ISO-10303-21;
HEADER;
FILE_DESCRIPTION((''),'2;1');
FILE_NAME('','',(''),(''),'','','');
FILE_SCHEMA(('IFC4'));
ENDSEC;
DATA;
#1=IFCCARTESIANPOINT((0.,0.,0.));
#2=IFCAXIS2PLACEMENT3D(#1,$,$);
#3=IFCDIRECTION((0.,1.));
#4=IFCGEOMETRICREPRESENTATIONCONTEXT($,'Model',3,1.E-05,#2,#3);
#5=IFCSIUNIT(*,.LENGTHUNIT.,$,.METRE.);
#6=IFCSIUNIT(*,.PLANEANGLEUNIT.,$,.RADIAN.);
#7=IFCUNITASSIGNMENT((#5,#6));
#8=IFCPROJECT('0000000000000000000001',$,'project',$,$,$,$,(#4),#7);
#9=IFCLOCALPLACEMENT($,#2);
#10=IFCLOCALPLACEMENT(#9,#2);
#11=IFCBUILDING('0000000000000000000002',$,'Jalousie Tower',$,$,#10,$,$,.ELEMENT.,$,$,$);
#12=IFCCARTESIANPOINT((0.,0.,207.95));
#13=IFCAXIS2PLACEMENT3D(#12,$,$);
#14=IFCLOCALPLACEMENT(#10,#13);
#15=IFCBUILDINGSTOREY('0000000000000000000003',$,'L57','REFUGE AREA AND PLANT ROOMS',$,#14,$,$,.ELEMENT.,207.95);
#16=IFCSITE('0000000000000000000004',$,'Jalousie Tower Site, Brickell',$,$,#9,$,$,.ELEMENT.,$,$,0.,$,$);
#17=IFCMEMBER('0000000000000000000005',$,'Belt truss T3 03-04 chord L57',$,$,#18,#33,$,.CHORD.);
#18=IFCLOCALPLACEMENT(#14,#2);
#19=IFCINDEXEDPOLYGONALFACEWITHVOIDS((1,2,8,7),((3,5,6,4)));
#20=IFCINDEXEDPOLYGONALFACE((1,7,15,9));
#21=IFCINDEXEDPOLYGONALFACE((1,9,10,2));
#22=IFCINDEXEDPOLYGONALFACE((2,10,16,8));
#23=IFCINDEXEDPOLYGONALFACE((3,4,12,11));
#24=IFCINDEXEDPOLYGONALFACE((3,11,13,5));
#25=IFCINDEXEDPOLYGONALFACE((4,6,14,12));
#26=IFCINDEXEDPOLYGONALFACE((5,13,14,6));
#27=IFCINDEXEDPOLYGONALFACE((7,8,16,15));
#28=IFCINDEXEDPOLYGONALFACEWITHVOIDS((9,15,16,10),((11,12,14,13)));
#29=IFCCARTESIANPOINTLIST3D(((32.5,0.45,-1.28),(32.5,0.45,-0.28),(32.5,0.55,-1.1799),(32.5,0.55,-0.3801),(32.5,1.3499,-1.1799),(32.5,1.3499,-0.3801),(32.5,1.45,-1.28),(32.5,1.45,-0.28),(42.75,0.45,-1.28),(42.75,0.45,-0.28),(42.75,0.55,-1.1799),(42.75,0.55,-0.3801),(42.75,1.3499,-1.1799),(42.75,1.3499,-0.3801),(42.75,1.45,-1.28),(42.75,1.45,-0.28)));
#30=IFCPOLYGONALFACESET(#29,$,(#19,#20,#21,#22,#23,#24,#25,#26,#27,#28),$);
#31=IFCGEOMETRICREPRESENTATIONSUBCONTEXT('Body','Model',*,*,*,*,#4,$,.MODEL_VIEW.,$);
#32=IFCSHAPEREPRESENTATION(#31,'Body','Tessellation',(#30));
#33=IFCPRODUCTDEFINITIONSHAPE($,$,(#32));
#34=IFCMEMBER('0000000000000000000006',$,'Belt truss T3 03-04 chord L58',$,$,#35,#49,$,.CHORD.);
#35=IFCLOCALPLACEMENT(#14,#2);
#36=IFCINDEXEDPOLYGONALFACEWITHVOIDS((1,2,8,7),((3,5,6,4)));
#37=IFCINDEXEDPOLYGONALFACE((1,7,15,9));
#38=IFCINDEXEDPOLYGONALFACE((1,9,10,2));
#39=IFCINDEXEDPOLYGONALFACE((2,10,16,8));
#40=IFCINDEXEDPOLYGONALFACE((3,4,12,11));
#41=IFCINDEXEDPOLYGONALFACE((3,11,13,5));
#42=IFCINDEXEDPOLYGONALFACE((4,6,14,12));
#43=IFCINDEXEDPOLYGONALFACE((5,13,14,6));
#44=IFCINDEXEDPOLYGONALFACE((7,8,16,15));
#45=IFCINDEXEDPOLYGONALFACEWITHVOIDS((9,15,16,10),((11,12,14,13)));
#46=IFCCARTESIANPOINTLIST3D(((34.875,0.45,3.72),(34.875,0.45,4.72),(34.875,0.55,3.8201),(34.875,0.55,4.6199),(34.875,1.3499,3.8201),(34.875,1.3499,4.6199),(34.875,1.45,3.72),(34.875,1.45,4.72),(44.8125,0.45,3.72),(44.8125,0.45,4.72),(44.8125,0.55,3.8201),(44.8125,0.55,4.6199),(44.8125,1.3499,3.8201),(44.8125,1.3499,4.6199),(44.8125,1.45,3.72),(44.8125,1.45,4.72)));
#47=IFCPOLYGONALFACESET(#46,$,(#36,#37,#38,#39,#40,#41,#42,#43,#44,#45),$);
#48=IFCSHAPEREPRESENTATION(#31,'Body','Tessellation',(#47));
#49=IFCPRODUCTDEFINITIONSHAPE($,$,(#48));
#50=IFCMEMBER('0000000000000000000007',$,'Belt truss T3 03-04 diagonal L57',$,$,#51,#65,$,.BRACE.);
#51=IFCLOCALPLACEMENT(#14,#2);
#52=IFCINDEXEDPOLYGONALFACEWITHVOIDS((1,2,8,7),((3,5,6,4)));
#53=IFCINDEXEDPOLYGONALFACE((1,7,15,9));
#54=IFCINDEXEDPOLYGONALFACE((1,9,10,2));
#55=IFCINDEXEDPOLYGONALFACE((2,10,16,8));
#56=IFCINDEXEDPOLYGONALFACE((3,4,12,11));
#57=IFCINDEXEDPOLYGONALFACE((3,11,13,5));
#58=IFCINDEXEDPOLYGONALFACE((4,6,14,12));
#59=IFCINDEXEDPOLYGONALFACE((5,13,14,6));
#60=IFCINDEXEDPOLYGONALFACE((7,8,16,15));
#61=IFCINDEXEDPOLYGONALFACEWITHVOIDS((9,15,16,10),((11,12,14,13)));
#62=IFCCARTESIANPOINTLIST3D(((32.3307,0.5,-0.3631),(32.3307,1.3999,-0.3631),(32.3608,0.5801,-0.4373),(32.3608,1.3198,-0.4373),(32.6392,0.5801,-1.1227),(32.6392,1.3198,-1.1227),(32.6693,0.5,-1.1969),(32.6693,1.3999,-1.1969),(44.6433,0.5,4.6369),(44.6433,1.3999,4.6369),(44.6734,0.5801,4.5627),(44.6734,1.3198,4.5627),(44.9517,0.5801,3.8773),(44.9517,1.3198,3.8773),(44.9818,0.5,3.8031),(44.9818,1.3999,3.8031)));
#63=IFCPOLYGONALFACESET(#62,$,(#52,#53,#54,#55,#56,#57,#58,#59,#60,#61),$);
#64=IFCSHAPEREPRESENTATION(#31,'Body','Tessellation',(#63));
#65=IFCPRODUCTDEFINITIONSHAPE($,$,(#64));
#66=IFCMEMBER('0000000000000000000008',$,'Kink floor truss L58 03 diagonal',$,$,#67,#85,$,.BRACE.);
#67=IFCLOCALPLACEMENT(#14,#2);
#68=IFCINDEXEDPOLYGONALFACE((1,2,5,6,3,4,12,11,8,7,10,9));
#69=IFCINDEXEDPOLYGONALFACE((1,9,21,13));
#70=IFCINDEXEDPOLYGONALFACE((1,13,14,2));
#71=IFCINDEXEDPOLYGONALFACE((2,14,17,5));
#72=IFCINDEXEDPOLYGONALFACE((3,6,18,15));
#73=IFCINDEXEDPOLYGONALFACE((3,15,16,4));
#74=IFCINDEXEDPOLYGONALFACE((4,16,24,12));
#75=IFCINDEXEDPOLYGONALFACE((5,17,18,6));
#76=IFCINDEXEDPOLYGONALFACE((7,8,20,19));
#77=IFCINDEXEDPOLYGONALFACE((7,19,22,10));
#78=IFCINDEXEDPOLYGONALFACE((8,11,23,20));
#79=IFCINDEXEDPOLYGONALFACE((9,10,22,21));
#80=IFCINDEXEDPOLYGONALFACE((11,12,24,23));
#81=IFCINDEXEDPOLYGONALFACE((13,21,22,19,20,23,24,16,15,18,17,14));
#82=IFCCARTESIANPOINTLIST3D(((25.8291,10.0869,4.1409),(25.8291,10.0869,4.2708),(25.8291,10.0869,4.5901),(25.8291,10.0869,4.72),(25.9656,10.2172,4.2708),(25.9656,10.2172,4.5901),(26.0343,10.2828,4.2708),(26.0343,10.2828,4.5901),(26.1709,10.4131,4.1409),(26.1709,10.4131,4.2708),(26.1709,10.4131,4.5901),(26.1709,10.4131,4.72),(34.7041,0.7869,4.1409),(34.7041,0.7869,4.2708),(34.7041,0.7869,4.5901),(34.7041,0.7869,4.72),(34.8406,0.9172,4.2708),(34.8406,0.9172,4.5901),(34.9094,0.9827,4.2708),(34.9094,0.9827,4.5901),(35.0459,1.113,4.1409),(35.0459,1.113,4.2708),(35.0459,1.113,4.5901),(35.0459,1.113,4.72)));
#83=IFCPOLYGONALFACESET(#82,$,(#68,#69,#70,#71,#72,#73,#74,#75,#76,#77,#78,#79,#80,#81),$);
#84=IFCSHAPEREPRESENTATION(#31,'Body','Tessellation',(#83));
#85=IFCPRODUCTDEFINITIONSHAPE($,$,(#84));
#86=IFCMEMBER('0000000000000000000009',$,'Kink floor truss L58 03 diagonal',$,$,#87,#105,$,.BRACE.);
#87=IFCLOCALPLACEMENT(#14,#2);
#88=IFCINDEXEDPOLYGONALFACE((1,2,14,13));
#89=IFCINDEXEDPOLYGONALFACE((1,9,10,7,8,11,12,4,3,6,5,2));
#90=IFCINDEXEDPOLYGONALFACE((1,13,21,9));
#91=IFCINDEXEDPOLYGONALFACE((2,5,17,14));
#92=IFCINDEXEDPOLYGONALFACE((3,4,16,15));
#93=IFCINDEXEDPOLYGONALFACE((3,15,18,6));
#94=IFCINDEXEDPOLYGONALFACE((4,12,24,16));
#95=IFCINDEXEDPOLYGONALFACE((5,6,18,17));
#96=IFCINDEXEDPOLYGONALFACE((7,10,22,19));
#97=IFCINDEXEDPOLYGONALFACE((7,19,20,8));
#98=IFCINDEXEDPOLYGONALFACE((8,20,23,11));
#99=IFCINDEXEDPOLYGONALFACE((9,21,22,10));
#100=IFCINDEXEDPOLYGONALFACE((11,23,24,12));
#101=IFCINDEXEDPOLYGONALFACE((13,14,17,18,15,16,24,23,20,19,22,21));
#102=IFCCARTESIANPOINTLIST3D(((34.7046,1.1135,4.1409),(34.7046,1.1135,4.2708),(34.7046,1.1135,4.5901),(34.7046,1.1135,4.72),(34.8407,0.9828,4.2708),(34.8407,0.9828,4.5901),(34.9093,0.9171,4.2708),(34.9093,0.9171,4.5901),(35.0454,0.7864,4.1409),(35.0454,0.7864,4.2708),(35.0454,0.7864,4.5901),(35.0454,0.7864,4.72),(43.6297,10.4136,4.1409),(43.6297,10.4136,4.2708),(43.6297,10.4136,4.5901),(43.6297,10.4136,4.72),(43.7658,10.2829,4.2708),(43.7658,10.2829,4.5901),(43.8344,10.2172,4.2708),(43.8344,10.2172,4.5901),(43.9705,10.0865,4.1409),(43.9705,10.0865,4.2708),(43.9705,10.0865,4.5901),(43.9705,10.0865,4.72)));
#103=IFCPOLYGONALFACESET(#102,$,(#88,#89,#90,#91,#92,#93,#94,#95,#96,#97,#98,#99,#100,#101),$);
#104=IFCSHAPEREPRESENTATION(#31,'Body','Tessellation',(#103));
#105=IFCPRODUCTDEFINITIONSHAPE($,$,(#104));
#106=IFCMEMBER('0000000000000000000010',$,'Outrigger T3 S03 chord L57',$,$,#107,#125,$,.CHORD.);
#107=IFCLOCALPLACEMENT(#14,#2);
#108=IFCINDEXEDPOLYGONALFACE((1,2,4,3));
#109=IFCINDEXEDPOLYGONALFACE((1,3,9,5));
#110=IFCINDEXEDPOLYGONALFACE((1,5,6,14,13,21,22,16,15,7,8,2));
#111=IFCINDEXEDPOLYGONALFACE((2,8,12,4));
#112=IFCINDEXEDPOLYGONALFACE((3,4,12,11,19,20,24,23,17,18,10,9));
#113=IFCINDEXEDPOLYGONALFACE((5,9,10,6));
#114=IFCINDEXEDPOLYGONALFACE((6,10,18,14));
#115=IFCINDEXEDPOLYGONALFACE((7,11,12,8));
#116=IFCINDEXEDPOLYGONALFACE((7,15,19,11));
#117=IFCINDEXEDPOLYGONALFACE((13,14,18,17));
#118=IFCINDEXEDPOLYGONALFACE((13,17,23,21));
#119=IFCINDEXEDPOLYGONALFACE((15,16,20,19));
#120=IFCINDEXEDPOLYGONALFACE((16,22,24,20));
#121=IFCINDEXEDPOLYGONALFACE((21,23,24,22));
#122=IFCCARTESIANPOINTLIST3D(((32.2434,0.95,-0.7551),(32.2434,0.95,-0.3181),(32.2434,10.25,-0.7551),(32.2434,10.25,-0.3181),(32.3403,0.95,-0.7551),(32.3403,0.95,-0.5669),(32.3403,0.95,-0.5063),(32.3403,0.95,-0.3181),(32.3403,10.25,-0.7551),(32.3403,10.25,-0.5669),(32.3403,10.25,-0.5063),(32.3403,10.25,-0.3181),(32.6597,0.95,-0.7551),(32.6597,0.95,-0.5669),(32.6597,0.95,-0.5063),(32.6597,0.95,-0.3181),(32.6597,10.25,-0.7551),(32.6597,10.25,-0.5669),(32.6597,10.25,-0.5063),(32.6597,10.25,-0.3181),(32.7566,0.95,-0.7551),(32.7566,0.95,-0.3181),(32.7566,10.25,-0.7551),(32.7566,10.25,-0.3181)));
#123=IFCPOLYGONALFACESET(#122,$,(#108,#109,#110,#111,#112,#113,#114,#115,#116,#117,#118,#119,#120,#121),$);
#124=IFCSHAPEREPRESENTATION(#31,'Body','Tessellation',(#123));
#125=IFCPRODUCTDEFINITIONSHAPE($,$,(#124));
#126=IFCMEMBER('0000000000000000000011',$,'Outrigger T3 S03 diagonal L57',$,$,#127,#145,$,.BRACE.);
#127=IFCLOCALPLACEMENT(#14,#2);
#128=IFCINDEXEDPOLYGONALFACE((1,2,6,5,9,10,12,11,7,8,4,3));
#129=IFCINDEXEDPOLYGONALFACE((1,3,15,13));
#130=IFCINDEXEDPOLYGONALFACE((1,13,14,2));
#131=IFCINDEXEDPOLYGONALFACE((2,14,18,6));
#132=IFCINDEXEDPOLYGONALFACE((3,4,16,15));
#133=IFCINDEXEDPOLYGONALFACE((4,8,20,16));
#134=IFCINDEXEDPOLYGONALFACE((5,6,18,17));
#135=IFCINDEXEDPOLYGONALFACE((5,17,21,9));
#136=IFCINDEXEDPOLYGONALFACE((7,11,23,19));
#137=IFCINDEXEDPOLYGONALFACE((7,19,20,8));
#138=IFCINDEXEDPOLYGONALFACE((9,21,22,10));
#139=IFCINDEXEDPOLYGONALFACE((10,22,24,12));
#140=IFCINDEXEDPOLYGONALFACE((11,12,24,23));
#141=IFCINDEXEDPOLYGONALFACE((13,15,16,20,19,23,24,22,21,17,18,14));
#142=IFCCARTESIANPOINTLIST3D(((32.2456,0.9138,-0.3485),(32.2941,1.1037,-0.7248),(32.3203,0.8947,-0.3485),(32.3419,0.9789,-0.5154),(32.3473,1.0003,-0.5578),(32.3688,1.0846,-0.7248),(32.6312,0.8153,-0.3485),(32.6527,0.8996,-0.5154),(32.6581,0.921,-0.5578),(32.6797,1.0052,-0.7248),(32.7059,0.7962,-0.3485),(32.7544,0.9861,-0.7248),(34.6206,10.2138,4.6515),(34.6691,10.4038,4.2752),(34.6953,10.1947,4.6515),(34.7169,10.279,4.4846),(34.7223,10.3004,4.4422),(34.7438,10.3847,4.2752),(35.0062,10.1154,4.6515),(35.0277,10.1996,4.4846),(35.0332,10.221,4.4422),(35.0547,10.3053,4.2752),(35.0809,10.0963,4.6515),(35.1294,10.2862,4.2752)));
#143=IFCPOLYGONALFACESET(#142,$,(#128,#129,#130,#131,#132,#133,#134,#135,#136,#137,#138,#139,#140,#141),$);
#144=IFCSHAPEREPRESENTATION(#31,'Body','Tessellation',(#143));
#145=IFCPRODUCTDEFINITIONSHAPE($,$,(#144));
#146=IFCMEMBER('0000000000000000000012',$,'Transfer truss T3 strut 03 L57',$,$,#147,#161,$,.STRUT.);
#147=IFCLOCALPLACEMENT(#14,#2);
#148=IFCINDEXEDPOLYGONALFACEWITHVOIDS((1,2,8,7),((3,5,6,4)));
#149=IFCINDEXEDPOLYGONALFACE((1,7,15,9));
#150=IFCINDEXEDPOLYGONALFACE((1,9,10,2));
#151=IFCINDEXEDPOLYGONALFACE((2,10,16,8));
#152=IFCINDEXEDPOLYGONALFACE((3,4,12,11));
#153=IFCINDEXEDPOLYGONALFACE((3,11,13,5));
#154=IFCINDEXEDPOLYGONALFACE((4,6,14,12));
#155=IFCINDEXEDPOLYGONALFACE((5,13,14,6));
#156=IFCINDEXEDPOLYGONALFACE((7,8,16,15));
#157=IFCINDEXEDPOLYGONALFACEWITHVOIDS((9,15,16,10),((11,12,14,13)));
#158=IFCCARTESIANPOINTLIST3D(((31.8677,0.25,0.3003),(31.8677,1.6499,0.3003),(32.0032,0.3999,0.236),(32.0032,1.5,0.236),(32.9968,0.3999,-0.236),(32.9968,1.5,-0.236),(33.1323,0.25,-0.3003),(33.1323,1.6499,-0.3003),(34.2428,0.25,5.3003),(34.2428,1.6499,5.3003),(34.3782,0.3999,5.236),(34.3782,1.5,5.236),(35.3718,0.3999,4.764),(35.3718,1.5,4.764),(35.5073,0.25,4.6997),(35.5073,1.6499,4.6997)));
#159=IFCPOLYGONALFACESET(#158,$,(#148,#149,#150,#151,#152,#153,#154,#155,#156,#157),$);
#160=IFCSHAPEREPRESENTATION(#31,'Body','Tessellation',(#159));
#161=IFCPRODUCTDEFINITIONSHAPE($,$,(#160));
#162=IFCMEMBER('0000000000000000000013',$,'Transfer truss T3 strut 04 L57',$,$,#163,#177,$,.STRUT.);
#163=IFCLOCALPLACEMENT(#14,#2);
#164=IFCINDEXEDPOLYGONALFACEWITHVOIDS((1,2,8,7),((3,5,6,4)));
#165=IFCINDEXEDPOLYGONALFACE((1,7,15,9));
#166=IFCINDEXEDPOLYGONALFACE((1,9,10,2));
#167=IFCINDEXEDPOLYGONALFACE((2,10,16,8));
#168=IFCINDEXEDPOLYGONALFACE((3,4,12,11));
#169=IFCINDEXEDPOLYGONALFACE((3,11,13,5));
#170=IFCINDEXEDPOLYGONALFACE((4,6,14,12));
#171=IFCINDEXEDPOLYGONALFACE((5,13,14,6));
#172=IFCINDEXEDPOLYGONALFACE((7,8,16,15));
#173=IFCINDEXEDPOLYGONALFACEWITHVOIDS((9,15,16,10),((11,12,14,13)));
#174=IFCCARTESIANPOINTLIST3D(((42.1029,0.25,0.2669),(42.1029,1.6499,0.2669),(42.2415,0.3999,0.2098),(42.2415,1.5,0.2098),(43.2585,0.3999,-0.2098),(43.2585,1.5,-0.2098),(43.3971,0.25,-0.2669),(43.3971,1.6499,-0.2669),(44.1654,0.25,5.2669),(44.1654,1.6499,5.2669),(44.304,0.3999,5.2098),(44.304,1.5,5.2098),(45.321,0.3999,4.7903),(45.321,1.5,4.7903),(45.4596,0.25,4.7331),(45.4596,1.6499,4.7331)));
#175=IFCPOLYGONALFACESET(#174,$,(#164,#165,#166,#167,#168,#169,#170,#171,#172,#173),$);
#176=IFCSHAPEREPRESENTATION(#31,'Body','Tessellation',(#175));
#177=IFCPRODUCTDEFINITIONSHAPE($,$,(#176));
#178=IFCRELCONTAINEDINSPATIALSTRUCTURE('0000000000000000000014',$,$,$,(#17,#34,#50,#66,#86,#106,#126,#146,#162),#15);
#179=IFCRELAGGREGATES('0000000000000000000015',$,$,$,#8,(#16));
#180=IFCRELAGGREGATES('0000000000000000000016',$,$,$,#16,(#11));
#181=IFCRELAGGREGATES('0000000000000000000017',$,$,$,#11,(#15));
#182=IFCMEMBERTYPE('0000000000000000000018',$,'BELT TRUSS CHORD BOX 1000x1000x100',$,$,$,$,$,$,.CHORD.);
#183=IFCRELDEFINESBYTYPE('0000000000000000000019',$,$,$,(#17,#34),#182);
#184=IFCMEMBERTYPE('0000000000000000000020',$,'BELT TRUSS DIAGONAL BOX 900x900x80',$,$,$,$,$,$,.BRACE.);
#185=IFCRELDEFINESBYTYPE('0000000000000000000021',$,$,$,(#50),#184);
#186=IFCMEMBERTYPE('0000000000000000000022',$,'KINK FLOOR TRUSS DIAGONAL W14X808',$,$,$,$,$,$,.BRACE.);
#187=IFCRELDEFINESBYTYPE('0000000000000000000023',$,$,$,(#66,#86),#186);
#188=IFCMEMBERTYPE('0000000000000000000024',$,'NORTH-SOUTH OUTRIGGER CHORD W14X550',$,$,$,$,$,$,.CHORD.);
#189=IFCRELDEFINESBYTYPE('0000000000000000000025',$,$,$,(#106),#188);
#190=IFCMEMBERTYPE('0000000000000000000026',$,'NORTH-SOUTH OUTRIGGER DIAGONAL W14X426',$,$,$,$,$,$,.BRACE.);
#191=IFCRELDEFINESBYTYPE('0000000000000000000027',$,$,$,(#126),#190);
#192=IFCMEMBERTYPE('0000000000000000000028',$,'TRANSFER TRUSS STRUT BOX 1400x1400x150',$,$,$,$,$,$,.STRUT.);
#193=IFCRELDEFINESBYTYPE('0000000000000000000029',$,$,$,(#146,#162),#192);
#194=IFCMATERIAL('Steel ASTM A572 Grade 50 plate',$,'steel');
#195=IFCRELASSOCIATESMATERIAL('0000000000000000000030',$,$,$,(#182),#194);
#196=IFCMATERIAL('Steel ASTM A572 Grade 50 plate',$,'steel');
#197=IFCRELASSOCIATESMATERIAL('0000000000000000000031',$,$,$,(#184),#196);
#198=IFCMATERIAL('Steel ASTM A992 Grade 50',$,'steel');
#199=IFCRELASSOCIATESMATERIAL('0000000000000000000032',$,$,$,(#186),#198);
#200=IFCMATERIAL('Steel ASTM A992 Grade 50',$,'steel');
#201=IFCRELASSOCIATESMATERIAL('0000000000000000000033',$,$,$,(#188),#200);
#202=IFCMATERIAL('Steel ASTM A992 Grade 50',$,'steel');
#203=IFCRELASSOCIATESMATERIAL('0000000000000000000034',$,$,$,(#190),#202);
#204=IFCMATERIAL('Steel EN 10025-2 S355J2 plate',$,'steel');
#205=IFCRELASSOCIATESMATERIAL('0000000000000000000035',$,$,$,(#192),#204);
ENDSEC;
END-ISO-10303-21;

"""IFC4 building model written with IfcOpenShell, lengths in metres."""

from ifc_helpers import new_model, si_unit, direction, frame, origin, origin_2d, place, context, subcontext, project, spatial, hollow_rectangle, i_section, extrude, material, material_profile, profile_set, type_object, element, save


model = new_model("IFC4")

# Units and contexts
model_context = context("Model", 3, precision=1e-05, world=origin(), true_north=direction((0.0, 1.0)))
body_context = subcontext(model_context, "Body", "Model", "MODEL_VIEW")
ifc_project = project(units=[si_unit("LENGTHUNIT", "METRE"), si_unit("PLANEANGLEUNIT", "RADIAN")], contexts=[model_context])

# Site, building, storey
site_placement = place(None, origin())
site = spatial("IfcSite", under=ifc_project, at=site_placement, Name="Jalousie Tower Site, Brickell", CompositionType="ELEMENT", RefElevation=0.0)
building_placement = place(site_placement, origin())
building = spatial("IfcBuilding", under=site, at=building_placement, Name="Jalousie Tower", CompositionType="ELEMENT")
storey_placement = place(building_placement, frame((0.0, 0.0, 207.95)))
storey = spatial("IfcBuildingStorey", under=building, at=storey_placement, Name="L57", Description="REFUGE AREA AND PLANT ROOMS", CompositionType="ELEMENT", Elevation=207.95)

# Members
ifc_material_1 = material(Name="Steel ASTM A572 Grade 50 plate", Category="steel")
ifc_material_profile_1 = material_profile(ifc_material_1, hollow_rectangle(XDim=1.0, YDim=1.0, WallThickness=0.1001, at=origin_2d()), Name="BOX 1000x1000x100")
ifc_profile_set_1 = profile_set([ifc_material_profile_1], Name="Steel ASTM A572 Grade 50 plate")
member_type_1 = type_object("IfcMemberType", Name="BELT TRUSS CHORD BOX 1000x1000x100", PredefinedType="CHORD", material=ifc_profile_set_1)
member_1_placement = place(storey_placement, frame((32.5, 0.95, -0.78), z_axis=(1.0, 0.0, 0.0), x_axis=(0.0, 1.0, 0.0)))
element("IfcMember", 1, at=member_1_placement, inside=storey, type_object=member_type_1, Name="Belt truss T3 03-04 chord L57", PredefinedType="CHORD", context=body_context, shape_type="SweptSolid", body=[
    extrude(hollow_rectangle(XDim=1.0, YDim=1.0, WallThickness=0.1001, at=origin_2d()), origin(), (0.0, 0.0, 1.0), 10.25),
])
member_2_placement = place(storey_placement, frame((34.875, 0.95, 4.22), z_axis=(1.0, 0.0, 0.0), x_axis=(0.0, 1.0, 0.0)))
element("IfcMember", 2, at=member_2_placement, inside=storey, type_object=member_type_1, Name="Belt truss T3 03-04 chord L58", PredefinedType="CHORD", context=body_context, shape_type="SweptSolid", body=[
    extrude(hollow_rectangle(XDim=1.0, YDim=1.0, WallThickness=0.1001, at=origin_2d()), origin(), (0.0, 0.0, 1.0), 9.9375),
])
ifc_material_2 = material(Name="Steel ASTM A572 Grade 50 plate", Category="steel")
ifc_material_profile_2 = material_profile(ifc_material_2, hollow_rectangle(XDim=0.8999, YDim=0.8999, WallThickness=0.0801, at=origin_2d()), Name="BOX 900x900x80")
ifc_profile_set_2 = profile_set([ifc_material_profile_2], Name="Steel ASTM A572 Grade 50 plate")
member_type_2 = type_object("IfcMemberType", Name="BELT TRUSS DIAGONAL BOX 900x900x80", PredefinedType="BRACE", material=ifc_profile_set_2)
member_3_placement = place(storey_placement, frame((32.5, 0.95, -0.78), z_axis=(0.926518, 0.0, 0.376251), x_axis=(0.0, 1.0, 0.0)))
element("IfcMember", 3, at=member_3_placement, inside=storey, type_object=member_type_2, Name="Belt truss T3 03-04 diagonal L57", PredefinedType="BRACE", context=body_context, shape_type="SweptSolid", body=[
    extrude(hollow_rectangle(XDim=0.8999, YDim=0.8999, WallThickness=0.0801, at=origin_2d()), origin(), (0.0, 0.0, 1.0), 13.2891),
])
ifc_material_3 = material(Name="Steel ASTM A992 Grade 50", Category="steel")
ifc_material_profile_3 = material_profile(ifc_material_3, i_section(OverallWidth=0.4724, OverallDepth=0.5791, WebThickness=0.095, FlangeThickness=0.1299, at=origin_2d()), Name="W14X808")
ifc_profile_set_3 = profile_set([ifc_material_profile_3], Name="Steel ASTM A992 Grade 50")
member_type_3 = type_object("IfcMemberType", Name="KINK FLOOR TRUSS DIAGONAL W14X808", PredefinedType="BRACE", material=ifc_profile_set_3)
member_4_placement = place(storey_placement, frame((34.875, 0.95, 4.4304), z_axis=(-0.690381, 0.723446, 0.0), x_axis=(-0.723446, -0.690381, 0.0)))
element("IfcMember", 4, at=member_4_placement, inside=storey, type_object=member_type_3, Name="Kink floor truss L58 03 diagonal", PredefinedType="BRACE", context=body_context, shape_type="SweptSolid", body=[
    extrude(i_section(OverallWidth=0.4724, OverallDepth=0.5791, WebThickness=0.095, FlangeThickness=0.1299, at=origin_2d()), origin(), (0.0, 0.0, 1.0), 12.8552),
])
member_5_placement = place(storey_placement, frame((34.875, 0.95, 4.4304), z_axis=(0.692411, 0.721504, 0.0), x_axis=(-0.721504, 0.692411, 0.0)))
element("IfcMember", 5, at=member_5_placement, inside=storey, type_object=member_type_3, Name="Kink floor truss L58 03 diagonal", PredefinedType="BRACE", context=body_context, shape_type="SweptSolid", body=[
    extrude(i_section(OverallWidth=0.4724, OverallDepth=0.5791, WebThickness=0.095, FlangeThickness=0.1299, at=origin_2d()), origin(), (0.0, 0.0, 1.0), 12.8899),
])
ifc_material_4 = material(Name="Steel ASTM A992 Grade 50", Category="steel")
ifc_material_profile_4 = material_profile(ifc_material_4, i_section(OverallWidth=0.437, OverallDepth=0.5132, WebThickness=0.0605, FlangeThickness=0.0969, at=origin_2d()), Name="W14X550")
ifc_profile_set_4 = profile_set([ifc_material_profile_4], Name="Steel ASTM A992 Grade 50")
member_type_4 = type_object("IfcMemberType", Name="NORTH-SOUTH OUTRIGGER CHORD W14X550", PredefinedType="CHORD", material=ifc_profile_set_4)
member_6_placement = place(storey_placement, frame((32.5, 0.95, -0.5366), z_axis=(0.0, 1.0, 0.0), x_axis=(0.0, 0.0, 1.0)))
element("IfcMember", 6, at=member_6_placement, inside=storey, type_object=member_type_4, Name="Outrigger T3 S03 chord L57", PredefinedType="CHORD", context=body_context, shape_type="SweptSolid", body=[
    extrude(i_section(OverallWidth=0.437, OverallDepth=0.5132, WebThickness=0.0605, FlangeThickness=0.0969, at=origin_2d()), origin(), (0.0, 0.0, 1.0), 9.3),
])
ifc_material_5 = material(Name="Steel ASTM A992 Grade 50", Category="steel")
ifc_material_profile_5 = material_profile(ifc_material_5, i_section(OverallWidth=0.4243, OverallDepth=0.4751, WebThickness=0.0479, FlangeThickness=0.0771, at=origin_2d()), Name="W14X426")
ifc_profile_set_5 = profile_set([ifc_material_profile_5], Name="Steel ASTM A992 Grade 50")
member_type_5 = type_object("IfcMemberType", Name="NORTH-SOUTH OUTRIGGER DIAGONAL W14X426", PredefinedType="BRACE", material=ifc_profile_set_5)
member_7_placement = place(storey_placement, frame((32.5, 0.95, -0.5366), z_axis=(0.219446, 0.859307, 0.461991), x_axis=(-0.114312, -0.447625, 0.886885)))
element("IfcMember", 7, at=member_7_placement, inside=storey, type_object=member_type_5, Name="Outrigger T3 S03 diagonal L57", PredefinedType="BRACE", context=body_context, shape_type="SweptSolid", body=[
    extrude(i_section(OverallWidth=0.4243, OverallDepth=0.4751, WebThickness=0.0479, FlangeThickness=0.0771, at=origin_2d()), origin(), (0.0, 0.0, 1.0), 10.8228),
])
ifc_material_6 = material(Name="Steel EN 10025-2 S355J2 plate", Category="steel")
ifc_material_profile_6 = material_profile(ifc_material_6, hollow_rectangle(XDim=1.3999, YDim=1.3999, WallThickness=0.1499, at=origin_2d()), Name="BOX 1400x1400x150")
ifc_profile_set_6 = profile_set([ifc_material_profile_6], Name="Steel EN 10025-2 S355J2 plate")
member_type_6 = type_object("IfcMemberType", Name="TRANSFER TRUSS STRUT BOX 1400x1400x150", PredefinedType="STRUT", material=ifc_profile_set_6)
member_8_placement = place(storey_placement, frame((32.5, 0.95, 0.0), z_axis=(0.429057, 0.0, 0.903278), x_axis=(0.0, 1.0, 0.0)))
element("IfcMember", 8, at=member_8_placement, inside=storey, type_object=member_type_6, Name="Transfer truss T3 strut 03 L57", PredefinedType="STRUT", context=body_context, shape_type="SweptSolid", body=[
    extrude(hollow_rectangle(XDim=1.3999, YDim=1.3999, WallThickness=0.1499, at=origin_2d()), origin(), (0.0, 0.0, 1.0), 5.5354),
])
member_9_placement = place(storey_placement, frame((42.75, 0.95, 0.0), z_axis=(0.381331, 0.0, 0.924439), x_axis=(0.0, 1.0, 0.0)))
element("IfcMember", 9, at=member_9_placement, inside=storey, type_object=member_type_6, Name="Transfer truss T3 strut 04 L57", PredefinedType="STRUT", context=body_context, shape_type="SweptSolid", body=[
    extrude(hollow_rectangle(XDim=1.3999, YDim=1.3999, WallThickness=0.1499, at=origin_2d()), origin(), (0.0, 0.0, 1.0), 5.4087),
])

save(model, "model.ifc")
